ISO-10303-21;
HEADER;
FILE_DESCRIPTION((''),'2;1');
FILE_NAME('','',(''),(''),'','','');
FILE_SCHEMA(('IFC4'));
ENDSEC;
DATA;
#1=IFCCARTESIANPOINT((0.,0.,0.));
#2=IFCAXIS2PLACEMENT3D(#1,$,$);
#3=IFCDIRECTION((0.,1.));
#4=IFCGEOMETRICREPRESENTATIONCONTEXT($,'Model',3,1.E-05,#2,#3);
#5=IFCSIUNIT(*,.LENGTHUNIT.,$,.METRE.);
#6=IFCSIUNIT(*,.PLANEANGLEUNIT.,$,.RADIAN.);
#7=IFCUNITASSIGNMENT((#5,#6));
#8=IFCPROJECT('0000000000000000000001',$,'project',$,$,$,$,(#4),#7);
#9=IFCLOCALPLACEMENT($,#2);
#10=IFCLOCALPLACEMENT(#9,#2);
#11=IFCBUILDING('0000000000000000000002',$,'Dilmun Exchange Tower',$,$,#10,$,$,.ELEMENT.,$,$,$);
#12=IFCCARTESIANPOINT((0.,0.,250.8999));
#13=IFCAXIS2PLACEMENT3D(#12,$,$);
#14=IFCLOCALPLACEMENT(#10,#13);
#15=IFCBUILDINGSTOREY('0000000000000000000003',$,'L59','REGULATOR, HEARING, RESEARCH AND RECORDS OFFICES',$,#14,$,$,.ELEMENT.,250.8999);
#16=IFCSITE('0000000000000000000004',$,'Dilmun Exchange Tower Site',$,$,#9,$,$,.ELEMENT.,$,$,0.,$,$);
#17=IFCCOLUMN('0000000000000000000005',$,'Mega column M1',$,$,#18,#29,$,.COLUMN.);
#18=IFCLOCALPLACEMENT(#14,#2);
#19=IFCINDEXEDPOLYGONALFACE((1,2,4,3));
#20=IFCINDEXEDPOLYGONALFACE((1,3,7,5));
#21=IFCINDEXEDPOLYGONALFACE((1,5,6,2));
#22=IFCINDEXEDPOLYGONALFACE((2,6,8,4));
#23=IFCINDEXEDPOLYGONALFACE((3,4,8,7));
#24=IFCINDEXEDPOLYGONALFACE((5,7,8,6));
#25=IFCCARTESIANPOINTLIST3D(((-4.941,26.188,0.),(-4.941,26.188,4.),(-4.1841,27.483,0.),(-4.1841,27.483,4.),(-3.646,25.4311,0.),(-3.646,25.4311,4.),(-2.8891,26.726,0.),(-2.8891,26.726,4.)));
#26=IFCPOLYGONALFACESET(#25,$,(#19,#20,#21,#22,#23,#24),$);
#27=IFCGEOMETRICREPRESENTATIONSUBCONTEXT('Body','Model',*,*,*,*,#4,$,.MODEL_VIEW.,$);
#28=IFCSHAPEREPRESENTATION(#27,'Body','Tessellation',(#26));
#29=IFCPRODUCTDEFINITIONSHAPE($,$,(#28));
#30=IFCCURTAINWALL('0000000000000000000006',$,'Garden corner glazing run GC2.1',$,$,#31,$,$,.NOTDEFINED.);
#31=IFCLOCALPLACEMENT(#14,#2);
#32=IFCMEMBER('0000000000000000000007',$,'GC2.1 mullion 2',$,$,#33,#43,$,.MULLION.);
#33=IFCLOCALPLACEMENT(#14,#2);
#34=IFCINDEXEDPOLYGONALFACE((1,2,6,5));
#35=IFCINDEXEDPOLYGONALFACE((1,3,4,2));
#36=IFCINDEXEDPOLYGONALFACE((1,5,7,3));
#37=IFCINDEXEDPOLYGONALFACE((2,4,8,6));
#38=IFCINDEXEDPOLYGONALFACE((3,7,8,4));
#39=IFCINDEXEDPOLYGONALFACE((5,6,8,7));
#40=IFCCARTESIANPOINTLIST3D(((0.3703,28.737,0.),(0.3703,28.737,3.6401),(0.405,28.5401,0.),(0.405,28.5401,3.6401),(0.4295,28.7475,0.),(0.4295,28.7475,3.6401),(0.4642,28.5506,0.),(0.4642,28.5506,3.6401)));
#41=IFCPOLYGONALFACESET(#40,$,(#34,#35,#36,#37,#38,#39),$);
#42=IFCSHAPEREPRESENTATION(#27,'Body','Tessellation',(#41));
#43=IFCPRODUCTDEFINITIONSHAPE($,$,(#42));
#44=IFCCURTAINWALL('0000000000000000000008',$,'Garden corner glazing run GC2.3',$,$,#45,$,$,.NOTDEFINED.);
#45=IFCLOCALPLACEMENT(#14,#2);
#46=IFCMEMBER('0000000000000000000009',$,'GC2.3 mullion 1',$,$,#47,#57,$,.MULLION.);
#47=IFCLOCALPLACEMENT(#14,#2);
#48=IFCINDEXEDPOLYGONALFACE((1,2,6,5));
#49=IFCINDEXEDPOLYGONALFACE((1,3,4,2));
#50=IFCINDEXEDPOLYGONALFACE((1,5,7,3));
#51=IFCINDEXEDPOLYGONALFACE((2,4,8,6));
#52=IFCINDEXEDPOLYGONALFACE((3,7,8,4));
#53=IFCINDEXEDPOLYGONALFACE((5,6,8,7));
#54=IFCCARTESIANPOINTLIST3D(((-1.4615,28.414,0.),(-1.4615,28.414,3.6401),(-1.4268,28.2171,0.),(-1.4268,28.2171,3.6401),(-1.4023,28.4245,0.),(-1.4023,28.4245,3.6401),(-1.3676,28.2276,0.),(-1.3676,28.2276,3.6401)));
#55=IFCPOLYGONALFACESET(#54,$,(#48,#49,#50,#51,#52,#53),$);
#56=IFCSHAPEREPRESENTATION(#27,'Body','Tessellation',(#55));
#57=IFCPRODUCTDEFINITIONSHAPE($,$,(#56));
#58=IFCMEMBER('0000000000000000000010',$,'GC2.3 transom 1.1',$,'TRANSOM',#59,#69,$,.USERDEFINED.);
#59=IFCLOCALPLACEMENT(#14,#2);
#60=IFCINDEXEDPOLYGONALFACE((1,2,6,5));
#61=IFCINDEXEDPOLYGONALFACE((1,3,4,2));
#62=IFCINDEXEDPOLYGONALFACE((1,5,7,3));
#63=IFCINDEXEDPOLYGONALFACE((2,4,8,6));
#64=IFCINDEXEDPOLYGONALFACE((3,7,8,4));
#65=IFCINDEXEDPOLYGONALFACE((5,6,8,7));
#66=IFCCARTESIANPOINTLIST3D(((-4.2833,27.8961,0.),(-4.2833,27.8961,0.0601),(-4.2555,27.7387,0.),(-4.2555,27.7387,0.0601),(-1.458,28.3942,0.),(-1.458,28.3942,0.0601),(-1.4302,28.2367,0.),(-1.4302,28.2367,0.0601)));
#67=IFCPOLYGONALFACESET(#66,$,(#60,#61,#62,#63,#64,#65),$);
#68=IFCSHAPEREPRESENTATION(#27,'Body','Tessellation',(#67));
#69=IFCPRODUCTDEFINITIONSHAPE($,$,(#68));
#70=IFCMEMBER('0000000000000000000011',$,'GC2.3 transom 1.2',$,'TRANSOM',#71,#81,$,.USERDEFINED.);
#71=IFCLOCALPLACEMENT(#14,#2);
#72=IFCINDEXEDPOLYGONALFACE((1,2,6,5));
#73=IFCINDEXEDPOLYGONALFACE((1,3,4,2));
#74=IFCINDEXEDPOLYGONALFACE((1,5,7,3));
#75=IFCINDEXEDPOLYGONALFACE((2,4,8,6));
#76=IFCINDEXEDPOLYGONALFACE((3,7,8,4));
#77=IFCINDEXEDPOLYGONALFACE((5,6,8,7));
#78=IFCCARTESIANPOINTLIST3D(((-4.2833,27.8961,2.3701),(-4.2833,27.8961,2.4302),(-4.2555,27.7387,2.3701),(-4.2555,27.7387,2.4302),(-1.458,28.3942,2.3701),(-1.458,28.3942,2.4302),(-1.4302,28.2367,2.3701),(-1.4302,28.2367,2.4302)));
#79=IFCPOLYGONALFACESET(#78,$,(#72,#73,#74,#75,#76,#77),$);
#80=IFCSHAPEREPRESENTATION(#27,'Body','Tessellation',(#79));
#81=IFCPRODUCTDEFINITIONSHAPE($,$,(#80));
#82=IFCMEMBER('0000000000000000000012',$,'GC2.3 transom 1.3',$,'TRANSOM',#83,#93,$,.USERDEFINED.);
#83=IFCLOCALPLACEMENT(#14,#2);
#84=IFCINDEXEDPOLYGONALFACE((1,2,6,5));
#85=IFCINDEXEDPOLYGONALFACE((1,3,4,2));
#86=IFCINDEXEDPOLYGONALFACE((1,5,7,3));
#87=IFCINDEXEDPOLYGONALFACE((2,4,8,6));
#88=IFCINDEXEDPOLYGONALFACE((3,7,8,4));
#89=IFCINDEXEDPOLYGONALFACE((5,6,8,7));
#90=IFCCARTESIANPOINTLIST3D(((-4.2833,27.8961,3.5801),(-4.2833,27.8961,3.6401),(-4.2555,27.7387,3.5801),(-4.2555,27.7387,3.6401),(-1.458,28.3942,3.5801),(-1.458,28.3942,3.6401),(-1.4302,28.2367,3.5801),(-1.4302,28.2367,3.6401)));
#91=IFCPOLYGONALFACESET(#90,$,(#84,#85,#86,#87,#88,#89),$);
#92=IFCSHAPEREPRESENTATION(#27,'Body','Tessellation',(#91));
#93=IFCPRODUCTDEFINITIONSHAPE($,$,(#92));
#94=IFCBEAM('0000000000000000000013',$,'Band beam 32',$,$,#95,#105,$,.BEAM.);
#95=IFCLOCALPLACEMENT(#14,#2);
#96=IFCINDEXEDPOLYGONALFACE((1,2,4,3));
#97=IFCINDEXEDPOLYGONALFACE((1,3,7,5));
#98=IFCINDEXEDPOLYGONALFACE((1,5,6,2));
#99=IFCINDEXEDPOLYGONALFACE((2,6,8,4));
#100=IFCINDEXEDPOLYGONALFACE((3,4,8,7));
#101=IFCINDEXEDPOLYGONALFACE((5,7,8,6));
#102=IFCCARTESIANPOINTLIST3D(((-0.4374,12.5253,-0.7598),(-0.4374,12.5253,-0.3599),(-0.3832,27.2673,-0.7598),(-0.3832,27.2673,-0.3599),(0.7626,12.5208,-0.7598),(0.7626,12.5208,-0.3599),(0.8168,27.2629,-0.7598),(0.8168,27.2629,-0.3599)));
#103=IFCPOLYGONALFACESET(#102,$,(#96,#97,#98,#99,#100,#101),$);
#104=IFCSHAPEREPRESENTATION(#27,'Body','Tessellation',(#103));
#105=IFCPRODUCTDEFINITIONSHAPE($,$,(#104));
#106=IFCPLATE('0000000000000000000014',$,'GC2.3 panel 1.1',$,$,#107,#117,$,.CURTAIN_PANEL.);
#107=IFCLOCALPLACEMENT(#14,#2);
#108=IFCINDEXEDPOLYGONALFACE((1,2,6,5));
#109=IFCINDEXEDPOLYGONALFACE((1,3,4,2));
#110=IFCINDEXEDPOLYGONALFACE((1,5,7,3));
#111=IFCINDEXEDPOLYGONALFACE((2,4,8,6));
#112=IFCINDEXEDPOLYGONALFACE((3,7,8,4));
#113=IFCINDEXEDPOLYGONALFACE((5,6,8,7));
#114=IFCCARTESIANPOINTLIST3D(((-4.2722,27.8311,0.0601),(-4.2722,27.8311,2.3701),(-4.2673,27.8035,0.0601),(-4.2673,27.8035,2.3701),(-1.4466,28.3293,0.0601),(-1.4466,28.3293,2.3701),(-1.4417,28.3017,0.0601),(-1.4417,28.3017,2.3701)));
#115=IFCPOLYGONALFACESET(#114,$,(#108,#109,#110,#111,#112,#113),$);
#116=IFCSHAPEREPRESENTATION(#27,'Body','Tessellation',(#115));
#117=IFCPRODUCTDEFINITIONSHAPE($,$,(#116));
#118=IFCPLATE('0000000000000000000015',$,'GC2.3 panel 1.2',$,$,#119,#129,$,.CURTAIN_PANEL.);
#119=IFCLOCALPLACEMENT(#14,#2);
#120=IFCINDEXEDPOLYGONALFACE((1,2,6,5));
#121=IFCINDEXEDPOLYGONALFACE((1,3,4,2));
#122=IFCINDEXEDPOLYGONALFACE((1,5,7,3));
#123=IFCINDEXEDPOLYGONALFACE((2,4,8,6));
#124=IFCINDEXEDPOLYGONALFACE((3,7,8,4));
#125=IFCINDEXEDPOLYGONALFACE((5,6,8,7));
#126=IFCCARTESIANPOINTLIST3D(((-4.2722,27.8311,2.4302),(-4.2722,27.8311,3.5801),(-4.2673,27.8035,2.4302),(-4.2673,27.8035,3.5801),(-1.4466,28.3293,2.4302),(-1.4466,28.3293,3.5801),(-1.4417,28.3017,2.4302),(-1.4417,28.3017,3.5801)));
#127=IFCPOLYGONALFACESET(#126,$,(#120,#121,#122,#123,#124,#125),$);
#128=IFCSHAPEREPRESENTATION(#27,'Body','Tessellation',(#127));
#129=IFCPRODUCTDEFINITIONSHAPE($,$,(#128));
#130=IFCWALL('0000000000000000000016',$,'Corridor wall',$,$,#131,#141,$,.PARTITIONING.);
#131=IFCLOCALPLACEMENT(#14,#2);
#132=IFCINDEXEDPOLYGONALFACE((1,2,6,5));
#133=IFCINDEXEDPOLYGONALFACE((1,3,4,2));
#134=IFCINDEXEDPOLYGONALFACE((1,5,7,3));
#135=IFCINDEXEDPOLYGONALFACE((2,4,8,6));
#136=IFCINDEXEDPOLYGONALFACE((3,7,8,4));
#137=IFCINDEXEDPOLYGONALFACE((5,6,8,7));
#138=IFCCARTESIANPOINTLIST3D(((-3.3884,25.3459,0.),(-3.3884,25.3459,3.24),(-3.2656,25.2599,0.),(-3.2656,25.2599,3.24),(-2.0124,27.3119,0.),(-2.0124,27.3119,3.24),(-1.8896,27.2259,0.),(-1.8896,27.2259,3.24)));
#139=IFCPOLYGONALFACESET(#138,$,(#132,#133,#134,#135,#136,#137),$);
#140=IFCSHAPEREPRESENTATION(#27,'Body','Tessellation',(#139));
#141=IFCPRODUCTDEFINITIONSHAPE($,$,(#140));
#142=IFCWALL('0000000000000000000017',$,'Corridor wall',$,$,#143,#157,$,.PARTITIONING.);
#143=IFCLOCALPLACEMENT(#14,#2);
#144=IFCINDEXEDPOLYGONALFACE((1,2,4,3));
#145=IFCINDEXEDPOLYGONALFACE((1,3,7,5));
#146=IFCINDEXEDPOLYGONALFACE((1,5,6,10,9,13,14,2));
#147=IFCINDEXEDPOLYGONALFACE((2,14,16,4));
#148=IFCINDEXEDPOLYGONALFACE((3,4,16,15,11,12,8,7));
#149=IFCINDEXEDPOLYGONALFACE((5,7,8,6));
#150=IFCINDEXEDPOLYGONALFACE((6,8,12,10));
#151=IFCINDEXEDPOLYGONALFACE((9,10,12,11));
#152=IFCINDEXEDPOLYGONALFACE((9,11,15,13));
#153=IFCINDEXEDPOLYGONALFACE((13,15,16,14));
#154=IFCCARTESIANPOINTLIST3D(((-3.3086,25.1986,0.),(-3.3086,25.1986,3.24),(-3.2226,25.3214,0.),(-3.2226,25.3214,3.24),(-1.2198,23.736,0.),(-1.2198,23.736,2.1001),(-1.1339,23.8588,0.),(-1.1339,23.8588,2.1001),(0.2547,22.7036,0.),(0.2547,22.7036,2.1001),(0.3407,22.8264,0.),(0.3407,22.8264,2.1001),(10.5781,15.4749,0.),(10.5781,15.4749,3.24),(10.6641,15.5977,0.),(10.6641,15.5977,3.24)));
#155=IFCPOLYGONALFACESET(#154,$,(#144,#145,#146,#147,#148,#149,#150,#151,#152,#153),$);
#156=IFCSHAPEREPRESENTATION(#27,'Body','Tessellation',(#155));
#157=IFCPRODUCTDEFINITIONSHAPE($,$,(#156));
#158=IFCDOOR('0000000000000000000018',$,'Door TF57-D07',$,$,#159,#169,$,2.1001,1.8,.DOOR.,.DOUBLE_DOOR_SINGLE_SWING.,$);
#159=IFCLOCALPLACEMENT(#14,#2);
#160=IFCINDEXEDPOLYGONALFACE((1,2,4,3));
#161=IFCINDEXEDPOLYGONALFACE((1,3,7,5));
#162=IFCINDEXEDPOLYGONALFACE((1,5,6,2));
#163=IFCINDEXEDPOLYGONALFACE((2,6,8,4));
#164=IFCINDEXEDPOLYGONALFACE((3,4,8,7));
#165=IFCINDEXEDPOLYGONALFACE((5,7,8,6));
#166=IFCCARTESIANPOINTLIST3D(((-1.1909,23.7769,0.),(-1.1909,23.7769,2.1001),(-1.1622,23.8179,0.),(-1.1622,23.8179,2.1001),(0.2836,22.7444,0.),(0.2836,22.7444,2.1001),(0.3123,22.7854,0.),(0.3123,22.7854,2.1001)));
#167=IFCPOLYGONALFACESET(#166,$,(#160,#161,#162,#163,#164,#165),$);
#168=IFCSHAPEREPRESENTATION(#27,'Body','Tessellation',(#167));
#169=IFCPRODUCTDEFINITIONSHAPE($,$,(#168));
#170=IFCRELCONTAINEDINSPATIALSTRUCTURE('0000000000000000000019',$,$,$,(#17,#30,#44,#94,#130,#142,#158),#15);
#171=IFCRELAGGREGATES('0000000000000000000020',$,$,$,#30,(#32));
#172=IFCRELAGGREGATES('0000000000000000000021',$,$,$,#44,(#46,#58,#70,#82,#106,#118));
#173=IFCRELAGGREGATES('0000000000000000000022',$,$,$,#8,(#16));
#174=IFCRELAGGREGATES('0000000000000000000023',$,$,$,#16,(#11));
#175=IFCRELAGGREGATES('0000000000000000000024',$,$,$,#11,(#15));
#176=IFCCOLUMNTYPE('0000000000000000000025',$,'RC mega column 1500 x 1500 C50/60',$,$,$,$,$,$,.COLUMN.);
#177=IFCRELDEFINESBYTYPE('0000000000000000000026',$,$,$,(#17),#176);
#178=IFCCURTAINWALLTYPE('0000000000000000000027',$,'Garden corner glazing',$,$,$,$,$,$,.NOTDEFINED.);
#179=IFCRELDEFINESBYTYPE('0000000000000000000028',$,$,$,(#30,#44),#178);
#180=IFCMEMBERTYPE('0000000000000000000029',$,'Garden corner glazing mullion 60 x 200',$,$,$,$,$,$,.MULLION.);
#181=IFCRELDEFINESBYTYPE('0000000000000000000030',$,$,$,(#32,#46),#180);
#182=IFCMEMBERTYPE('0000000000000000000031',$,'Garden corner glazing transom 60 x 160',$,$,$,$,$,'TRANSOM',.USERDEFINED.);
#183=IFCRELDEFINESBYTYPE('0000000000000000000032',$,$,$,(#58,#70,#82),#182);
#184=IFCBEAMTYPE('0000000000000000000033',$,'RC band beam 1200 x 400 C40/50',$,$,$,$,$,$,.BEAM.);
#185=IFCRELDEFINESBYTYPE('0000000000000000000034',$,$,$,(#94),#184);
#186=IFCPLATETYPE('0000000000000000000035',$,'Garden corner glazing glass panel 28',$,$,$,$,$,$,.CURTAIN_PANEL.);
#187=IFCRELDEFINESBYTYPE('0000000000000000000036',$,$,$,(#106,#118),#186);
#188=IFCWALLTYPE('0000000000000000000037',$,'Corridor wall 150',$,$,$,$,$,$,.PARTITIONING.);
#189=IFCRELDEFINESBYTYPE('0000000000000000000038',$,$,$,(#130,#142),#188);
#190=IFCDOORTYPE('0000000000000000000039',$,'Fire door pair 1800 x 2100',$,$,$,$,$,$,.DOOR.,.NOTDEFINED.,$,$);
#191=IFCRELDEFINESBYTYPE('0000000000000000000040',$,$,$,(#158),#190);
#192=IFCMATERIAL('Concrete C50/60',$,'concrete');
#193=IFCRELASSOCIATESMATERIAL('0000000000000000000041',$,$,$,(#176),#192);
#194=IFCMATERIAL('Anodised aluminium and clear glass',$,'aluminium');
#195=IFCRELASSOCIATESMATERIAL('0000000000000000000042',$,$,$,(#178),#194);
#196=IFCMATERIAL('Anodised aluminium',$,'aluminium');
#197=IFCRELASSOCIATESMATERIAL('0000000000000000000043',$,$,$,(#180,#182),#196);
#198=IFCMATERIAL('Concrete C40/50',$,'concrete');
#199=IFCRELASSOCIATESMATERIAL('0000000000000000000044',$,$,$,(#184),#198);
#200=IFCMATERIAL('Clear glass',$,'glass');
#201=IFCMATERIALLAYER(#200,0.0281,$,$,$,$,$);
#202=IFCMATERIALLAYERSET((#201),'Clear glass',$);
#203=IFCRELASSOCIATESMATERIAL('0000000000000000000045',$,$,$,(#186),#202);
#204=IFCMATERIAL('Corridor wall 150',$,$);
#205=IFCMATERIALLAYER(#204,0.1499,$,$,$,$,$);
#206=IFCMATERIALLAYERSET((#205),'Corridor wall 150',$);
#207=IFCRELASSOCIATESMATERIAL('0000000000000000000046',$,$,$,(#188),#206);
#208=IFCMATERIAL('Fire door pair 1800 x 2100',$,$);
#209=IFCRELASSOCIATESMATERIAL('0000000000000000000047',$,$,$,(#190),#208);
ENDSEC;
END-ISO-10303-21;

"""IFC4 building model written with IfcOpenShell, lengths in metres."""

from ifc_helpers import new_model, si_unit, direction, frame, frame_2d, origin, origin_2d, place, context, subcontext, project, spatial, rectangle, extrude, material, layer, layer_set, material_profile, profile_set, type_object, element, fill, aggregate, save


model = new_model("IFC4")

# Units and contexts
model_context = context("Model", 3, precision=1e-05, world=origin(), true_north=direction((0.0, 1.0)))
body_context = subcontext(model_context, "Body", "Model", "MODEL_VIEW")
ifc_project = project(units=[si_unit("LENGTHUNIT", "METRE"), si_unit("PLANEANGLEUNIT", "RADIAN")], contexts=[model_context])

# Site, building, storey
site_placement = place(None, origin())
site = spatial("IfcSite", under=ifc_project, at=site_placement, Name="Dilmun Exchange Tower Site", CompositionType="ELEMENT", RefElevation=0.0)
building_placement = place(site_placement, origin())
building = spatial("IfcBuilding", under=site, at=building_placement, Name="Dilmun Exchange Tower", CompositionType="ELEMENT")
storey_placement = place(building_placement, frame((0.0, 0.0, 250.8999)))
storey = spatial("IfcBuildingStorey", under=building, at=storey_placement, Name="L59", Description="REGULATOR, HEARING, RESEARCH AND RECORDS OFFICES", CompositionType="ELEMENT", Elevation=250.8999)

# Column
ifc_material_1 = material(Name="Concrete C50/60", Category="concrete")
ifc_material_profile_1 = material_profile(ifc_material_1, rectangle(XDim=1.5, YDim=1.5, at=origin_2d()), Name="1500 x 1500")
ifc_profile_set_1 = profile_set([ifc_material_profile_1], Name="Concrete C50/60")
column_type = type_object("IfcColumnType", Name="RC mega column 1500 x 1500 C50/60", PredefinedType="COLUMN", material=ifc_profile_set_1)
column_placement = place(storey_placement, frame((-3.915, 26.457, 0.0), z_axis=(0.0, 0.0, 1.0), x_axis=(0.504644, 0.863328, 0.0)))
element("IfcColumn", 1, at=column_placement, inside=storey, type_object=column_type, Name="Mega column M1", PredefinedType="COLUMN", context=body_context, shape_type="SweptSolid", body=[
    extrude(rectangle(XDim=1.5, YDim=1.5, at=origin_2d()), origin(), (0.0, 0.0, 1.0), 4.0),
])

# Curtain wall, member
ifc_material_2 = material(Name="Anodised aluminium and clear glass", Category="aluminium")
curtain_wall_type = type_object("IfcCurtainWallType", Name="Garden corner glazing", PredefinedType="NOTDEFINED", material=ifc_material_2)
curtain_wall_1_placement = place(storey_placement, origin())
curtain_wall_1 = element("IfcCurtainWall", 2, at=curtain_wall_1_placement, inside=storey, type_object=curtain_wall_type, Name="Garden corner glazing run GC2.1", PredefinedType="NOTDEFINED")
ifc_material_3 = material(Name="Anodised aluminium", Category="aluminium")
ifc_material_profile_2 = material_profile(ifc_material_3, rectangle(XDim=0.2, YDim=0.0601, at=origin_2d()), Name="AL 60x200")
ifc_profile_set_2 = profile_set([ifc_material_profile_2], Name="Anodised aluminium")
member_type_1 = type_object("IfcMemberType", Name="Garden corner glazing mullion 60 x 200", PredefinedType="MULLION", material=ifc_profile_set_2)
member_1_placement = place(storey_placement, frame((0.4172, 28.6438, 0.0), z_axis=(0.0, 0.0, 1.0), x_axis=(0.173631, -0.984811, 0.0)))
member_1 = element("IfcMember", 3, at=member_1_placement, type_object=member_type_1, Name="GC2.1 mullion 2", PredefinedType="MULLION", context=body_context, shape_type="SweptSolid", body=[
    extrude(rectangle(XDim=0.2, YDim=0.0601, at=origin_2d()), origin(), (0.0, 0.0, 1.0), 3.6401),
])
aggregate(curtain_wall_1, [member_1])

# Curtain wall, members
curtain_wall_2_placement = place(storey_placement, origin())
curtain_wall_2 = element("IfcCurtainWall", 4, at=curtain_wall_2_placement, inside=storey, type_object=curtain_wall_type, Name="Garden corner glazing run GC2.3", PredefinedType="NOTDEFINED")
member_2_placement = place(storey_placement, frame((-1.4146, 28.3208, 0.0), z_axis=(0.0, 0.0, 1.0), x_axis=(0.173631, -0.984811, 0.0)))
member_2 = element("IfcMember", 5, at=member_2_placement, type_object=member_type_1, Name="GC2.3 mullion 1", PredefinedType="MULLION", context=body_context, shape_type="SweptSolid", body=[
    extrude(rectangle(XDim=0.2, YDim=0.0601, at=origin_2d()), origin(), (0.0, 0.0, 1.0), 3.6401),
])
ifc_material_profile_3 = material_profile(ifc_material_3, rectangle(XDim=0.1599, YDim=0.0601, at=origin_2d()), Name="AL 60x160")
ifc_profile_set_3 = profile_set([ifc_material_profile_3], Name="Anodised aluminium")
member_type_2 = type_object("IfcMemberType", Name="Garden corner glazing transom 60 x 160", ElementType="TRANSOM", PredefinedType="USERDEFINED", material=ifc_profile_set_3)
member_3_placement = place(storey_placement, frame((-1.4441, 28.3154, 0.03), z_axis=(-0.984817, -0.173596, 0.0), x_axis=(0.173596, -0.984817, 0.0)))
member_3 = element("IfcMember", 6, at=member_3_placement, type_object=member_type_2, Name="GC2.3 transom 1.1", ObjectType="TRANSOM", PredefinedType="USERDEFINED", context=body_context, shape_type="SweptSolid", body=[
    extrude(rectangle(XDim=0.1599, YDim=0.0601, at=origin_2d()), origin(), (0.0, 0.0, 1.0), 2.8689),
])
member_4_placement = place(storey_placement, frame((-1.4441, 28.3154, 2.4001), z_axis=(-0.984817, -0.173596, 0.0), x_axis=(0.173596, -0.984817, 0.0)))
member_4 = element("IfcMember", 7, at=member_4_placement, type_object=member_type_2, Name="GC2.3 transom 1.2", ObjectType="TRANSOM", PredefinedType="USERDEFINED", context=body_context, shape_type="SweptSolid", body=[
    extrude(rectangle(XDim=0.1599, YDim=0.0601, at=origin_2d()), origin(), (0.0, 0.0, 1.0), 2.8689),
])
member_5_placement = place(storey_placement, frame((-1.4441, 28.3154, 3.6101), z_axis=(-0.984817, -0.173596, 0.0), x_axis=(0.173596, -0.984817, 0.0)))
member_5 = element("IfcMember", 8, at=member_5_placement, type_object=member_type_2, Name="GC2.3 transom 1.3", ObjectType="TRANSOM", PredefinedType="USERDEFINED", context=body_context, shape_type="SweptSolid", body=[
    extrude(rectangle(XDim=0.1599, YDim=0.0601, at=origin_2d()), origin(), (0.0, 0.0, 1.0), 2.8689),
])

# Beam
ifc_material_4 = material(Name="Concrete C40/50", Category="concrete")
ifc_material_profile_4 = material_profile(ifc_material_4, rectangle(XDim=1.2, YDim=0.3999, at=origin_2d()), Name="1200 x 400")
ifc_profile_set_4 = profile_set([ifc_material_profile_4], Name="Concrete C40/50")
beam_type = type_object("IfcBeamType", Name="RC band beam 1200 x 400 C40/50", PredefinedType="BEAM", material=ifc_profile_set_4)
beam_placement = place(storey_placement, frame((0.2168, 27.2651, -0.5598), z_axis=(-0.003676, -0.999993, 0.0), x_axis=(0.999993, -0.003676, 0.0)))
element("IfcBeam", 9, at=beam_placement, inside=storey, type_object=beam_type, Name="Band beam 32", PredefinedType="BEAM", context=body_context, shape_type="SweptSolid", body=[
    extrude(rectangle(XDim=1.2, YDim=0.3999, at=origin_2d()), origin(), (0.0, 0.0, 1.0), 14.7422),
])

# Plates
ifc_material_5 = material(Name="Clear glass", Category="glass")
ifc_layer_1 = layer(ifc_material_5, 0.0281)
ifc_layer_set_1 = layer_set([ifc_layer_1], Name="Clear glass")
plate_type = type_object("IfcPlateType", Name="Garden corner glazing glass panel 28", PredefinedType="CURTAIN_PANEL", material=ifc_layer_set_1)
plate_1_placement = place(storey_placement, frame((-2.8569, 28.0664, 0.0601), z_axis=(0.0, 0.0, 1.0), x_axis=(-0.984811, -0.173631, 0.0)))
plate_1 = element("IfcPlate", 10, at=plate_1_placement, type_object=plate_type, Name="GC2.3 panel 1.1", PredefinedType="CURTAIN_PANEL", context=body_context, shape_type="SweptSolid", body=[
    extrude(rectangle(XDim=2.8691, YDim=0.0281, at=origin_2d()), origin(), (0.0, 0.0, 1.0), 2.3101),
])
plate_2_placement = place(storey_placement, frame((-2.8569, 28.0664, 2.4302), z_axis=(0.0, 0.0, 1.0), x_axis=(-0.984811, -0.173631, 0.0)))
plate_2 = element("IfcPlate", 11, at=plate_2_placement, type_object=plate_type, Name="GC2.3 panel 1.2", PredefinedType="CURTAIN_PANEL", context=body_context, shape_type="SweptSolid", body=[
    extrude(rectangle(XDim=2.8691, YDim=0.0281, at=origin_2d()), origin(), (0.0, 0.0, 1.0), 1.1499),
])
aggregate(curtain_wall_2, [member_2, member_3, member_4, member_5, plate_1, plate_2])

# Wall
ifc_material_6 = material(Name="Corridor wall 150")
ifc_layer_2 = layer(ifc_material_6, 0.1499)
ifc_layer_set_2 = layer_set([ifc_layer_2], Name="Corridor wall 150")
wall_type_1 = type_object("IfcWallType", Name="Corridor wall 150", PredefinedType="PARTITIONING", material=ifc_layer_set_2)
wall_1_placement = place(storey_placement, frame((-3.3269, 25.303, 0.0), z_axis=(0.0, 0.0, 1.0), x_axis=(0.573387, 0.819284, 0.0)))
element("IfcWall", 12, at=wall_1_placement, inside=storey, type_object=wall_type_1, Name="Corridor wall", PredefinedType="PARTITIONING", context=body_context, shape_type="SweptSolid", body=[
    extrude(rectangle(XDim=2.3997, YDim=0.1499, at=frame_2d((1.1997, 0.0))), origin(), (0.0, 0.0, 1.0), 3.24),
])

# Wall, opening, door
wall_2_placement = place(storey_placement, frame((-3.2656, 25.26, 0.0), z_axis=(0.0, 0.0, 1.0), x_axis=(0.819151, -0.573578, 0.0)))
wall_2 = element("IfcWall", 13, at=wall_2_placement, inside=storey, type_object=wall_type_1, Name="Corridor wall", PredefinedType="PARTITIONING", context=body_context, shape_type="SweptSolid", body=[
    extrude(rectangle(XDim=16.9526, YDim=0.1499, at=frame_2d((8.4763, 0.0))), origin(), (0.0, 0.0, 1.0), 3.24),
])
opening_1_placement = place(wall_2_placement, frame((2.55, 0.0, 0.0)))
opening_1 = element("IfcOpeningElement", 14, at=opening_1_placement, cuts=wall_2, PredefinedType="OPENING", context=body_context, shape_type="SweptSolid", body=[
    extrude(rectangle(XDim=1.8, YDim=2.1001, at=frame_2d((0.8999, 1.05))), frame((0.0, 0.085, 0.0), z_axis=(0.0, -1.0, 0.0), x_axis=(1.0, 0.0, 0.0)), (0.0, 0.0, 1.0), 0.1699),
])
ifc_material_7 = material(Name="Fire door pair 1800 x 2100")
door_type_1 = type_object("IfcDoorType", Name="Fire door pair 1800 x 2100", OperationType="NOTDEFINED", PredefinedType="DOOR", material=ifc_material_7)
door_1_placement = place(opening_1_placement, frame((1.8, 0.0, 0.0), z_axis=(0.0, 0.0, 1.0), x_axis=(-1.0, 0.0, 0.0)))
door_1 = element("IfcDoor", 15, at=door_1_placement, inside=storey, type_object=door_type_1, Name="Door TF57-D07", OperationType="DOUBLE_DOOR_SINGLE_SWING", OverallHeight=2.1001, OverallWidth=1.8, PredefinedType="DOOR", context=body_context, shape_type="SweptSolid", body=[
    extrude(rectangle(XDim=1.8, YDim=2.1001, at=frame_2d((0.8999, 1.05))), frame((0.0, 0.0249, 0.0), z_axis=(0.0, -1.0, 0.0), x_axis=(1.0, 0.0, 0.0)), (0.0, 0.0, 1.0), 0.05),
])
fill(opening_1, door_1)

save(model, "model.ifc")
